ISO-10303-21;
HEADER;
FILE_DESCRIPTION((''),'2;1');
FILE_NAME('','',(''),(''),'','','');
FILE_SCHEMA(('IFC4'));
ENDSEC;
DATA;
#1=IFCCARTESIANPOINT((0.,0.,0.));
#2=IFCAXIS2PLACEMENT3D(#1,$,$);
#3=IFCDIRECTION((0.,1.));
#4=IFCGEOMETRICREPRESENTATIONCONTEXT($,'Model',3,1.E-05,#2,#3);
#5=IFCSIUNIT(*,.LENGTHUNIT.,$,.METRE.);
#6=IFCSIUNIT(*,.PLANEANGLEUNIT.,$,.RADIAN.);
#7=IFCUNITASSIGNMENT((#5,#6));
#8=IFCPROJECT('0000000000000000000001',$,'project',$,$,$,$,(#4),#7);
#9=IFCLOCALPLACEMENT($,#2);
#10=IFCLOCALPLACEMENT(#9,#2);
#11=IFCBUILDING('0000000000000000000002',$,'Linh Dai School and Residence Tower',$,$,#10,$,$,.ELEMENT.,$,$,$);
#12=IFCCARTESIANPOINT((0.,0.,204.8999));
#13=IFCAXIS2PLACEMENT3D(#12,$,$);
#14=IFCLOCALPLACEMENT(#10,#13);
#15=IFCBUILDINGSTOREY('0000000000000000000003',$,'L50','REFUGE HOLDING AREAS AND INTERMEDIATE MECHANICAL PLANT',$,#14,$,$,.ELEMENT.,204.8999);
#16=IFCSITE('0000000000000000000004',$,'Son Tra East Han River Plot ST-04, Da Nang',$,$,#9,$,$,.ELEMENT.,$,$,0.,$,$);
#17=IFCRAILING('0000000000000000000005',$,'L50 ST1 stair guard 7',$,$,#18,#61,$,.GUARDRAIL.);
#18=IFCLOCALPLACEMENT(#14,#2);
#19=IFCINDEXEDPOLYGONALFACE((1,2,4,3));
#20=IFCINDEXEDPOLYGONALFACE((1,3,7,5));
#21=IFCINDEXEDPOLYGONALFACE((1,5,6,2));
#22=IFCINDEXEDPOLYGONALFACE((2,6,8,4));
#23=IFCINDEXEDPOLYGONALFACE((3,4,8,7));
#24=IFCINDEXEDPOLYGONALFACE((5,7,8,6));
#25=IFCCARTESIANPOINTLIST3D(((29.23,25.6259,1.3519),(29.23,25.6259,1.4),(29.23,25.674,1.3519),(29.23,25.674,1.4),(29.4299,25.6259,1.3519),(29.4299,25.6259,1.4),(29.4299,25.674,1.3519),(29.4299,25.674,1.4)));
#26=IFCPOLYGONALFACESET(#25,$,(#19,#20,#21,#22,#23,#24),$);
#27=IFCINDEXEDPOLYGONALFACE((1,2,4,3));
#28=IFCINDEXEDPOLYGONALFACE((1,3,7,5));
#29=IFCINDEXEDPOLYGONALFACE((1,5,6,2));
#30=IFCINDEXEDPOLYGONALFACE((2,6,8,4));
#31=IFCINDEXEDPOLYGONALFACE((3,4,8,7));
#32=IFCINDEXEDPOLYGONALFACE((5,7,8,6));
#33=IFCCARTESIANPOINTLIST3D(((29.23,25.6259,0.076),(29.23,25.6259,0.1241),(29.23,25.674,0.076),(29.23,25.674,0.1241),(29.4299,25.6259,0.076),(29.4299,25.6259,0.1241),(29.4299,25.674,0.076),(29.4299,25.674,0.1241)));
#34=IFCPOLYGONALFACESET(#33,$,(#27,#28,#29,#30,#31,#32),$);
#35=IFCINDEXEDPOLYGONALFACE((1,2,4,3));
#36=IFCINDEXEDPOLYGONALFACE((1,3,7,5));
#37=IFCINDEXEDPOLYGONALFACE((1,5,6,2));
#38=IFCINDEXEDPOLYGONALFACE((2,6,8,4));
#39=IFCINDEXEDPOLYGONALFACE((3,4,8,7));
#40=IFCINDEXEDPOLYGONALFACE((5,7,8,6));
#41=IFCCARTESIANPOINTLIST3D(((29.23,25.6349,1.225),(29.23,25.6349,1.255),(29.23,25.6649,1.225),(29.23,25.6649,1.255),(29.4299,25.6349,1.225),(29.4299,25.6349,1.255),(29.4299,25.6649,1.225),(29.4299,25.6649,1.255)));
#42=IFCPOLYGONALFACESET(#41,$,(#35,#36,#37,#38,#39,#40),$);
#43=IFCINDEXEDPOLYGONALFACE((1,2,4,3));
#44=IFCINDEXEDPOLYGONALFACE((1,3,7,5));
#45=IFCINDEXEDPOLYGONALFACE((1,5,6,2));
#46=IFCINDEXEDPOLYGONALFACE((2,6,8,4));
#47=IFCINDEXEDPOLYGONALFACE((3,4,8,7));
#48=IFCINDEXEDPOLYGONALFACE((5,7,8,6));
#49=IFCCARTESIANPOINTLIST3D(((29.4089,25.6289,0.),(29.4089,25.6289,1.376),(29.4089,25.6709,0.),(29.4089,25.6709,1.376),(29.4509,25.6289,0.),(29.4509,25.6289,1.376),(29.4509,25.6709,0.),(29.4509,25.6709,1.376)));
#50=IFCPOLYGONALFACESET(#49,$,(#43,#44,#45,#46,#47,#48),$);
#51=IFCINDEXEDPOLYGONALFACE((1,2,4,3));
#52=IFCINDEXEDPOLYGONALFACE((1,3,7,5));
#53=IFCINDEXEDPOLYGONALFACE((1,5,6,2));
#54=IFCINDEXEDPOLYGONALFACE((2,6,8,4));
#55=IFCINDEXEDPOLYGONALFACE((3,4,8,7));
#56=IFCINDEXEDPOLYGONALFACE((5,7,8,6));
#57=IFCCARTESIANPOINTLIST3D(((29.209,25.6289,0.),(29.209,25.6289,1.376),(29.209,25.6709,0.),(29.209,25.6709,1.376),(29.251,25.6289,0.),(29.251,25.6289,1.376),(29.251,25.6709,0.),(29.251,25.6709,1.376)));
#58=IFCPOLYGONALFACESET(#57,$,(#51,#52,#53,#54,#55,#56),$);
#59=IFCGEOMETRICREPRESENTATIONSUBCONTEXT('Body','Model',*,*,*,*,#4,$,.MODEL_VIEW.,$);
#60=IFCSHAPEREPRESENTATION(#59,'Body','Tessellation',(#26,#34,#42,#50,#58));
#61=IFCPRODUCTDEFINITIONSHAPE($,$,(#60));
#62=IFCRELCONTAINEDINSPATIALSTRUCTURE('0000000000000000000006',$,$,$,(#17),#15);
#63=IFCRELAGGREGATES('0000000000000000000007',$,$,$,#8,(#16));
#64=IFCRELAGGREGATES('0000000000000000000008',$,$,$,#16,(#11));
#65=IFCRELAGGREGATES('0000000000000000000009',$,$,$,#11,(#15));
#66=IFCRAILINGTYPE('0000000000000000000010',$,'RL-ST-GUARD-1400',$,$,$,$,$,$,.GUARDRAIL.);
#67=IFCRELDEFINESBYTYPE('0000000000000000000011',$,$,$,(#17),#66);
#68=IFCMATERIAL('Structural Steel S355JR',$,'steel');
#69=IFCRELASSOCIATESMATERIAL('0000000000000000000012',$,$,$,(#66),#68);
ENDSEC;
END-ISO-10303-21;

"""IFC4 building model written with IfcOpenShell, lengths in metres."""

from ifc_helpers import new_model, si_unit, direction, frame, origin, origin_2d, place, context, subcontext, project, spatial, rectangle, extrude, source, transform, mapped, material, type_object, element, save


model = new_model("IFC4")

# Units and contexts
model_context = context("Model", 3, precision=1e-05, world=origin(), true_north=direction((0.0, 1.0)))
body_context = subcontext(model_context, "Body", "Model", "MODEL_VIEW")
ifc_project = project(units=[si_unit("LENGTHUNIT", "METRE"), si_unit("PLANEANGLEUNIT", "RADIAN")], contexts=[model_context])

# Site, building, storey
site_placement = place(None, origin())
site = spatial("IfcSite", under=ifc_project, at=site_placement, Name="Son Tra East Han River Plot ST-04, Da Nang", CompositionType="ELEMENT", RefElevation=0.0)
building_placement = place(site_placement, origin())
building = spatial("IfcBuilding", under=site, at=building_placement, Name="Linh Dai School and Residence Tower", CompositionType="ELEMENT")
storey_placement = place(building_placement, frame((0.0, 0.0, 204.8999)))
storey = spatial("IfcBuildingStorey", under=building, at=storey_placement, Name="L50", Description="REFUGE HOLDING AREAS AND INTERMEDIATE MECHANICAL PLANT", CompositionType="ELEMENT", Elevation=204.8999)

# Shared definitions
ifc_material_1 = material(Name="Structural Steel S355JR", Category="steel")

# Railing
railing_type_1 = type_object("IfcRailingType", Name="RL-ST-GUARD-1400", PredefinedType="GUARDRAIL", material=ifc_material_1)
shared_shape_1 = source(origin(), body_context, "Body", "SweptSolid", [
    extrude(rectangle(XDim=0.0481, YDim=0.0481, at=origin_2d()), frame((0.0, 0.0, 1.376), z_axis=(-1.0, 0.0, 0.0), x_axis=(0.0, -1.0, 0.0)), (0.0, 0.0, 1.0), 0.2),
    extrude(rectangle(XDim=0.0481, YDim=0.0481, at=origin_2d()), frame((0.0, 0.0, 0.1001), z_axis=(-1.0, 0.0, 0.0), x_axis=(0.0, -1.0, 0.0)), (0.0, 0.0, 1.0), 0.2),
    extrude(rectangle(XDim=0.03, YDim=0.03, at=origin_2d()), frame((0.0, 0.0, 1.24), z_axis=(-1.0, 0.0, 0.0), x_axis=(0.0, -1.0, 0.0)), (0.0, 0.0, 1.0), 0.2),
    extrude(rectangle(XDim=0.042, YDim=0.042, at=origin_2d()), origin(), (0.0, 0.0, 1.0), 1.376),
    extrude(rectangle(XDim=0.042, YDim=0.042, at=origin_2d()), frame((-0.2, 0.0, 0.0)), (0.0, 0.0, 1.0), 1.376),
])
railing_1_placement = place(storey_placement, frame((29.4299, 25.6499, 0.0)))
element("IfcRailing", 1, at=railing_1_placement, inside=storey, type_object=railing_type_1, Name="L50 ST1 stair guard 7", PredefinedType="GUARDRAIL", context=body_context, shape_type="MappedRepresentation", body=[
    mapped(shared_shape_1, transform((0.0, 0.0, 0.0), x_axis=(1.0, 0.0, 0.0), y_axis=(0.0, 1.0, 0.0), z_axis=(0.0, 0.0, 1.0), scale=1.0)),
])

save(model, "model.ifc")
